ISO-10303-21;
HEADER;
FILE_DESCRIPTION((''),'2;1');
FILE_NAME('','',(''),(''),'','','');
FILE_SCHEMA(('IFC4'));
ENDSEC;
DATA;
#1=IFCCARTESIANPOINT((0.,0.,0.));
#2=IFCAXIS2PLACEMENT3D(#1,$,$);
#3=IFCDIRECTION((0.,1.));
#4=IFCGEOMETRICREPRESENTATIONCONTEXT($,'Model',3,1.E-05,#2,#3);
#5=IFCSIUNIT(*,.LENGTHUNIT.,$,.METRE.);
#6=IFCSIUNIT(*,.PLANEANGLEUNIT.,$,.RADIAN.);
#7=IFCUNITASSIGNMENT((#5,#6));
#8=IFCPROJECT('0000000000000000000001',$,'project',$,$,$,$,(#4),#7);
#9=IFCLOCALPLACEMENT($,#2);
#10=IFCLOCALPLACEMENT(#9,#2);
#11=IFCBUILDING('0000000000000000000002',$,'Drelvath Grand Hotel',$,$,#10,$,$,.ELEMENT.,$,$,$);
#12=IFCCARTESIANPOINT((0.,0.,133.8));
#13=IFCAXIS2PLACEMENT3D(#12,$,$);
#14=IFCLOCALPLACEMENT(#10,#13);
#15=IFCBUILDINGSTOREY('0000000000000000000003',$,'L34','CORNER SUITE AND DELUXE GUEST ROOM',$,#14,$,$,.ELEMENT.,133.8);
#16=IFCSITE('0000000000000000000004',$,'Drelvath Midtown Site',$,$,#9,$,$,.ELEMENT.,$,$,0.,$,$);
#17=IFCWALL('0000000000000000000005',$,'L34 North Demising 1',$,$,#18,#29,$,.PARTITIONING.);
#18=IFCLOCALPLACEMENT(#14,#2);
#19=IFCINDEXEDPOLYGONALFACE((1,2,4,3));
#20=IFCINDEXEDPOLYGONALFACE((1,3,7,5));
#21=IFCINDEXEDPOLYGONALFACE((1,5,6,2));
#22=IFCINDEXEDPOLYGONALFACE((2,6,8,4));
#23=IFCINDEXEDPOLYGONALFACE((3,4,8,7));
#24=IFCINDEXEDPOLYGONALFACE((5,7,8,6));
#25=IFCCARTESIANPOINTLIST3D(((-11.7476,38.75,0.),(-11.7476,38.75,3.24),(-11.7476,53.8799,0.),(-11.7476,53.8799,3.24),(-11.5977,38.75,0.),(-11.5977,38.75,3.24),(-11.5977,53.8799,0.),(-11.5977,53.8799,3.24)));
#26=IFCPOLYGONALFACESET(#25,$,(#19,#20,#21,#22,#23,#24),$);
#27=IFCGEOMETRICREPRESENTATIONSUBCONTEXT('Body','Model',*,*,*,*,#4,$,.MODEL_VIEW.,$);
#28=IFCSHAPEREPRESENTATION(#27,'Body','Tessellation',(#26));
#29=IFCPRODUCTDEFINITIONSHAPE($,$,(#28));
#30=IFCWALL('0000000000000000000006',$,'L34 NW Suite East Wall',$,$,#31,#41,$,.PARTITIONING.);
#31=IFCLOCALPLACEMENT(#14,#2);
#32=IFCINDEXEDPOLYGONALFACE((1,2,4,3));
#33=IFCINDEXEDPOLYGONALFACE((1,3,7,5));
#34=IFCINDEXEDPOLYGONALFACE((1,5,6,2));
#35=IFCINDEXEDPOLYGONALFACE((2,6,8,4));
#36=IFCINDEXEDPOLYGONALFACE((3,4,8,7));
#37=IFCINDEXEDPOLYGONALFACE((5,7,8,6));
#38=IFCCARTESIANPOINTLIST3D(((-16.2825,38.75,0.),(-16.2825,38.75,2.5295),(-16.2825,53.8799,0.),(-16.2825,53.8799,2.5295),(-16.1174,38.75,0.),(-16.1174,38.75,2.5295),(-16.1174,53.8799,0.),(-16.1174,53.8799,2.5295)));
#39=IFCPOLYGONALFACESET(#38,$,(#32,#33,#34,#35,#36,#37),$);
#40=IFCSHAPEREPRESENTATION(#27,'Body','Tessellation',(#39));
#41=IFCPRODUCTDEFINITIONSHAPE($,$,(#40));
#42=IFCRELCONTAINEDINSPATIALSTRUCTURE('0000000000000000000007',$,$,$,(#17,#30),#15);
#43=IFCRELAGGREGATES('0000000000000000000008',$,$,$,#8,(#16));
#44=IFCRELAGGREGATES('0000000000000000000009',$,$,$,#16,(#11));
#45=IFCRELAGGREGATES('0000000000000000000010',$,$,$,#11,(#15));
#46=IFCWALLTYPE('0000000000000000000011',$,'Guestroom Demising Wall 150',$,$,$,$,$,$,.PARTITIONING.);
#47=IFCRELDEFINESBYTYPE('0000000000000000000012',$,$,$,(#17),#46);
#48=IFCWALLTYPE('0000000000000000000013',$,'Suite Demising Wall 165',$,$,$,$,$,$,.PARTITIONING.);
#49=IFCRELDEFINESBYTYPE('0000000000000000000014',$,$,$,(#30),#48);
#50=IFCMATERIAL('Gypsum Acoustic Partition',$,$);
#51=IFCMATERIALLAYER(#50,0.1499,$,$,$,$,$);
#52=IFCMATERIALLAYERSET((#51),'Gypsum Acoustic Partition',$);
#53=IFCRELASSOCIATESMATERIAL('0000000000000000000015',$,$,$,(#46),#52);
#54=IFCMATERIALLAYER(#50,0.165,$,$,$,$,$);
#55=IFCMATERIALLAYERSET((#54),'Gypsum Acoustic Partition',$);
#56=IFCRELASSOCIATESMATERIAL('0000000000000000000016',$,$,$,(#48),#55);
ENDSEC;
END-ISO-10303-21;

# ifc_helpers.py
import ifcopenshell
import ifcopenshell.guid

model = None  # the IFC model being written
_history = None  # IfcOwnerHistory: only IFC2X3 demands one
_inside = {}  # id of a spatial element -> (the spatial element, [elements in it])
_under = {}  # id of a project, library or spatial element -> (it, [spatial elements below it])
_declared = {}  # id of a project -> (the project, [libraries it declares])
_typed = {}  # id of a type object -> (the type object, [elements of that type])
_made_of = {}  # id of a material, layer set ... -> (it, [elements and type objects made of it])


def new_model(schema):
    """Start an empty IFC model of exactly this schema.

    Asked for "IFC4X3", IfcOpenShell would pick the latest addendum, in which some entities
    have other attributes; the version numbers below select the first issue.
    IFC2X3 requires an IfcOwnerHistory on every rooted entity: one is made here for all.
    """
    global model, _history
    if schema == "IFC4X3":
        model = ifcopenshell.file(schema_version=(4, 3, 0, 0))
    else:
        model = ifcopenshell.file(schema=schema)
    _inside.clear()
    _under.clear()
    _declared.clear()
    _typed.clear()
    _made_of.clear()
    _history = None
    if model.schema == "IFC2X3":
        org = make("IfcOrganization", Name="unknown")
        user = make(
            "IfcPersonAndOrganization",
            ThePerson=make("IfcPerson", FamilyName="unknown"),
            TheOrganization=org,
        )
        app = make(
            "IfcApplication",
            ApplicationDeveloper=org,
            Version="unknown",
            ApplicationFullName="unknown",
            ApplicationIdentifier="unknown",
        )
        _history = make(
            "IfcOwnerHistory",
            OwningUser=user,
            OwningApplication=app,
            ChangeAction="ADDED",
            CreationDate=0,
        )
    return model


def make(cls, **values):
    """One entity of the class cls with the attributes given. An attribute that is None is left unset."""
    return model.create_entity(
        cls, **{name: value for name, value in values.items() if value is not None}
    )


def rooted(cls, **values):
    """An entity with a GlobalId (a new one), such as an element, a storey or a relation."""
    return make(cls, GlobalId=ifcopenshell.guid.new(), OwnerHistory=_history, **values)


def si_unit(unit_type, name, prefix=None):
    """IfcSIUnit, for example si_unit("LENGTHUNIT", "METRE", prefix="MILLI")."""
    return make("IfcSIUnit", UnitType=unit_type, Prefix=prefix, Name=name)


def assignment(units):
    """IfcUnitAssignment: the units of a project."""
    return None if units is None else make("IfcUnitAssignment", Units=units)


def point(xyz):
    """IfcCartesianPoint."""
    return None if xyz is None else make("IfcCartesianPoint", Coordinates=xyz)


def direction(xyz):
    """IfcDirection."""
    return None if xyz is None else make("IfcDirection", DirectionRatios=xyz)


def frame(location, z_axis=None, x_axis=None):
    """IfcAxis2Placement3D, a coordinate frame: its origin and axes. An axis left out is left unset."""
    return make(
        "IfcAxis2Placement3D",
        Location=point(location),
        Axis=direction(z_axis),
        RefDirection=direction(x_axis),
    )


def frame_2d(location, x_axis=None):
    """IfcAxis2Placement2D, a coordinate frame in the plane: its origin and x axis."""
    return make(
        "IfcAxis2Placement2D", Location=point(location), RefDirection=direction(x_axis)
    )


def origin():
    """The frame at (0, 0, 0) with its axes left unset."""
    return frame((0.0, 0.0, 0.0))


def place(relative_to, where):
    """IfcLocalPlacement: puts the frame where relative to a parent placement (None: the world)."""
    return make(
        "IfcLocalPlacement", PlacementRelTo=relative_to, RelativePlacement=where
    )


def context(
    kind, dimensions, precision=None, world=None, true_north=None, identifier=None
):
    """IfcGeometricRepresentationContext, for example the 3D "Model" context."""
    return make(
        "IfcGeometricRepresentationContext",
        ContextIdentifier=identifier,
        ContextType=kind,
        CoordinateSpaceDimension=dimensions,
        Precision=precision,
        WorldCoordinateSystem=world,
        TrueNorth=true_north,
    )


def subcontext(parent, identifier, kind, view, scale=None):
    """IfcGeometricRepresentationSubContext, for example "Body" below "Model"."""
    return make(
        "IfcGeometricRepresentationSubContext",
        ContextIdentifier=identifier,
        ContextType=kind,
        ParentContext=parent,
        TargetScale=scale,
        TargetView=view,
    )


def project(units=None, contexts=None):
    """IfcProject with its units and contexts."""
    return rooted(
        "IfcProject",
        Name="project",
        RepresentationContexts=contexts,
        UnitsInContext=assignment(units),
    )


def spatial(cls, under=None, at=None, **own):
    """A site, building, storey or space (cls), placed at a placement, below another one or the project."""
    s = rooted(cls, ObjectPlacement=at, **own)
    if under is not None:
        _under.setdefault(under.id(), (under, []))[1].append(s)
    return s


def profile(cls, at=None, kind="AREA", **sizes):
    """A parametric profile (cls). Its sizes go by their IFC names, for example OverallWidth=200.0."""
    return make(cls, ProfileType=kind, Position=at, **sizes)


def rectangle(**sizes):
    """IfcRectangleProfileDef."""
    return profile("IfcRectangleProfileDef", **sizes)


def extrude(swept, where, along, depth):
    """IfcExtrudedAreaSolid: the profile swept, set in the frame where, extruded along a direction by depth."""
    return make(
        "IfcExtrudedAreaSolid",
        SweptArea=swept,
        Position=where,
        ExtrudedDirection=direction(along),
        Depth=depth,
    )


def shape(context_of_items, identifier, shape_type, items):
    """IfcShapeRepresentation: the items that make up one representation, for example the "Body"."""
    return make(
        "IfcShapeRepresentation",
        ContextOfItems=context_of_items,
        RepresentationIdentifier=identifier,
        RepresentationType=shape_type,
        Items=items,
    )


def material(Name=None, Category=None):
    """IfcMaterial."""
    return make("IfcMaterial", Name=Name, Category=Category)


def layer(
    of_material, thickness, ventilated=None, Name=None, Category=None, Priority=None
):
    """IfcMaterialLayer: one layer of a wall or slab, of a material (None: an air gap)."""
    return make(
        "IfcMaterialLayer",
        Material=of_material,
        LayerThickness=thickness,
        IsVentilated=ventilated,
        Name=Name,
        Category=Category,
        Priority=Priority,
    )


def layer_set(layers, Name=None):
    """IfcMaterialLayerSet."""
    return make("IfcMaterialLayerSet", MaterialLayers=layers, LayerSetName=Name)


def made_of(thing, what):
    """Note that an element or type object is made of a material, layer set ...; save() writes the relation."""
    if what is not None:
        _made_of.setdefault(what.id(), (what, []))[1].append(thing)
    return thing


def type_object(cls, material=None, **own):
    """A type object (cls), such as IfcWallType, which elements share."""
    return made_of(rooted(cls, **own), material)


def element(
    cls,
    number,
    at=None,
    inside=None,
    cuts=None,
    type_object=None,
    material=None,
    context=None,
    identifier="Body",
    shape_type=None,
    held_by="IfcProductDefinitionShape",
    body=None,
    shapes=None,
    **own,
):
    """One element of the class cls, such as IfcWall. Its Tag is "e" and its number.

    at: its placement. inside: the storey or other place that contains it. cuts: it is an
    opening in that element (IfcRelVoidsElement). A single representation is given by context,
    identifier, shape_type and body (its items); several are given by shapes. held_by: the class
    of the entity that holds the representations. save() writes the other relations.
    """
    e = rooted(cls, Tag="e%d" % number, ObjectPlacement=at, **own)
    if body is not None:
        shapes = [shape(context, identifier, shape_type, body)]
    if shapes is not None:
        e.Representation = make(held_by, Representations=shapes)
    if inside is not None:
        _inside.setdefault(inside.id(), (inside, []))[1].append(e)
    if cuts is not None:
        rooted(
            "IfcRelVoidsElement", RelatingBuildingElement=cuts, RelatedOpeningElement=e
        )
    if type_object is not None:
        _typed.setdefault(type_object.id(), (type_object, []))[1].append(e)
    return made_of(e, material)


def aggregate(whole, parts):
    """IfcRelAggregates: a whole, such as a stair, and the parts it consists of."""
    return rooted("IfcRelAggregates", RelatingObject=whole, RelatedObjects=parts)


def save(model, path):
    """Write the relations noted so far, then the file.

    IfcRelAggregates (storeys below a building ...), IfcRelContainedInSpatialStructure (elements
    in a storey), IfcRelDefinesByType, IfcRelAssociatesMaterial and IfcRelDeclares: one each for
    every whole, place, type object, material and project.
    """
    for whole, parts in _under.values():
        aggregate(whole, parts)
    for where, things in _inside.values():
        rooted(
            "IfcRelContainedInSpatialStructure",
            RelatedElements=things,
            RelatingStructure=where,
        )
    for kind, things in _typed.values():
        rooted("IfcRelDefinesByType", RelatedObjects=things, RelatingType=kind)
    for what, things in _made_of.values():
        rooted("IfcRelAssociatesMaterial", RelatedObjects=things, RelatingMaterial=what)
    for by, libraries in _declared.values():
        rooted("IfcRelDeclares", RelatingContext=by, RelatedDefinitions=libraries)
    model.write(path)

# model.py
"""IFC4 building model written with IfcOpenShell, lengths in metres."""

from ifc_helpers import new_model, si_unit, direction, frame, frame_2d, origin, place, context, subcontext, project, spatial, rectangle, extrude, material, layer, layer_set, type_object, element, save


model = new_model("IFC4")

# Units and contexts
model_context = context("Model", 3, precision=1e-05, world=origin(), true_north=direction((0.0, 1.0)))
body_context = subcontext(model_context, "Body", "Model", "MODEL_VIEW")
ifc_project = project(units=[si_unit("LENGTHUNIT", "METRE"), si_unit("PLANEANGLEUNIT", "RADIAN")], contexts=[model_context])

# Site, building, storey
site_placement = place(None, origin())
site = spatial("IfcSite", under=ifc_project, at=site_placement, Name="Drelvath Midtown Site", CompositionType="ELEMENT", RefElevation=0.0)
building_placement = place(site_placement, origin())
building = spatial("IfcBuilding", under=site, at=building_placement, Name="Drelvath Grand Hotel", CompositionType="ELEMENT")
storey_placement = place(building_placement, frame((0.0, 0.0, 133.8)))
storey = spatial("IfcBuildingStorey", under=building, at=storey_placement, Name="L34", Description="CORNER SUITE AND DELUXE GUEST ROOM", CompositionType="ELEMENT", Elevation=133.8)

# Walls
ifc_material_1 = material(Name="Gypsum Acoustic Partition")
ifc_layer_1 = layer(ifc_material_1, 0.1499)
ifc_layer_set_1 = layer_set([ifc_layer_1], Name="Gypsum Acoustic Partition")
wall_type_1 = type_object("IfcWallType", Name="Guestroom Demising Wall 150", PredefinedType="PARTITIONING", material=ifc_layer_set_1)
wall_1_placement = place(storey_placement, frame((-11.6726, 38.75, 0.0), z_axis=(0.0, 0.0, 1.0), x_axis=(0.0, 1.0, 0.0)))
element("IfcWall", 1, at=wall_1_placement, inside=storey, type_object=wall_type_1, Name="L34 North Demising 1", PredefinedType="PARTITIONING", context=body_context, shape_type="SweptSolid", body=[
    extrude(rectangle(XDim=15.1299, YDim=0.1499, at=frame_2d((7.5649, 0.0))), origin(), (0.0, 0.0, 1.0), 3.24),
])
ifc_layer_2 = layer(ifc_material_1, 0.165)
ifc_layer_set_2 = layer_set([ifc_layer_2], Name="Gypsum Acoustic Partition")
wall_type_2 = type_object("IfcWallType", Name="Suite Demising Wall 165", PredefinedType="PARTITIONING", material=ifc_layer_set_2)
wall_2_placement = place(storey_placement, frame((-16.2, 38.75, 0.0), z_axis=(0.0, 0.0, 1.0), x_axis=(0.0, 1.0, 0.0)))
element("IfcWall", 2, at=wall_2_placement, inside=storey, type_object=wall_type_2, Name="L34 NW Suite East Wall", PredefinedType="PARTITIONING", context=body_context, shape_type="SweptSolid", body=[
    extrude(rectangle(XDim=15.1299, YDim=0.165, at=frame_2d((7.5649, 0.0))), origin(), (0.0, 0.0, 1.0), 2.5295),
])

save(model, "model.ifc")
